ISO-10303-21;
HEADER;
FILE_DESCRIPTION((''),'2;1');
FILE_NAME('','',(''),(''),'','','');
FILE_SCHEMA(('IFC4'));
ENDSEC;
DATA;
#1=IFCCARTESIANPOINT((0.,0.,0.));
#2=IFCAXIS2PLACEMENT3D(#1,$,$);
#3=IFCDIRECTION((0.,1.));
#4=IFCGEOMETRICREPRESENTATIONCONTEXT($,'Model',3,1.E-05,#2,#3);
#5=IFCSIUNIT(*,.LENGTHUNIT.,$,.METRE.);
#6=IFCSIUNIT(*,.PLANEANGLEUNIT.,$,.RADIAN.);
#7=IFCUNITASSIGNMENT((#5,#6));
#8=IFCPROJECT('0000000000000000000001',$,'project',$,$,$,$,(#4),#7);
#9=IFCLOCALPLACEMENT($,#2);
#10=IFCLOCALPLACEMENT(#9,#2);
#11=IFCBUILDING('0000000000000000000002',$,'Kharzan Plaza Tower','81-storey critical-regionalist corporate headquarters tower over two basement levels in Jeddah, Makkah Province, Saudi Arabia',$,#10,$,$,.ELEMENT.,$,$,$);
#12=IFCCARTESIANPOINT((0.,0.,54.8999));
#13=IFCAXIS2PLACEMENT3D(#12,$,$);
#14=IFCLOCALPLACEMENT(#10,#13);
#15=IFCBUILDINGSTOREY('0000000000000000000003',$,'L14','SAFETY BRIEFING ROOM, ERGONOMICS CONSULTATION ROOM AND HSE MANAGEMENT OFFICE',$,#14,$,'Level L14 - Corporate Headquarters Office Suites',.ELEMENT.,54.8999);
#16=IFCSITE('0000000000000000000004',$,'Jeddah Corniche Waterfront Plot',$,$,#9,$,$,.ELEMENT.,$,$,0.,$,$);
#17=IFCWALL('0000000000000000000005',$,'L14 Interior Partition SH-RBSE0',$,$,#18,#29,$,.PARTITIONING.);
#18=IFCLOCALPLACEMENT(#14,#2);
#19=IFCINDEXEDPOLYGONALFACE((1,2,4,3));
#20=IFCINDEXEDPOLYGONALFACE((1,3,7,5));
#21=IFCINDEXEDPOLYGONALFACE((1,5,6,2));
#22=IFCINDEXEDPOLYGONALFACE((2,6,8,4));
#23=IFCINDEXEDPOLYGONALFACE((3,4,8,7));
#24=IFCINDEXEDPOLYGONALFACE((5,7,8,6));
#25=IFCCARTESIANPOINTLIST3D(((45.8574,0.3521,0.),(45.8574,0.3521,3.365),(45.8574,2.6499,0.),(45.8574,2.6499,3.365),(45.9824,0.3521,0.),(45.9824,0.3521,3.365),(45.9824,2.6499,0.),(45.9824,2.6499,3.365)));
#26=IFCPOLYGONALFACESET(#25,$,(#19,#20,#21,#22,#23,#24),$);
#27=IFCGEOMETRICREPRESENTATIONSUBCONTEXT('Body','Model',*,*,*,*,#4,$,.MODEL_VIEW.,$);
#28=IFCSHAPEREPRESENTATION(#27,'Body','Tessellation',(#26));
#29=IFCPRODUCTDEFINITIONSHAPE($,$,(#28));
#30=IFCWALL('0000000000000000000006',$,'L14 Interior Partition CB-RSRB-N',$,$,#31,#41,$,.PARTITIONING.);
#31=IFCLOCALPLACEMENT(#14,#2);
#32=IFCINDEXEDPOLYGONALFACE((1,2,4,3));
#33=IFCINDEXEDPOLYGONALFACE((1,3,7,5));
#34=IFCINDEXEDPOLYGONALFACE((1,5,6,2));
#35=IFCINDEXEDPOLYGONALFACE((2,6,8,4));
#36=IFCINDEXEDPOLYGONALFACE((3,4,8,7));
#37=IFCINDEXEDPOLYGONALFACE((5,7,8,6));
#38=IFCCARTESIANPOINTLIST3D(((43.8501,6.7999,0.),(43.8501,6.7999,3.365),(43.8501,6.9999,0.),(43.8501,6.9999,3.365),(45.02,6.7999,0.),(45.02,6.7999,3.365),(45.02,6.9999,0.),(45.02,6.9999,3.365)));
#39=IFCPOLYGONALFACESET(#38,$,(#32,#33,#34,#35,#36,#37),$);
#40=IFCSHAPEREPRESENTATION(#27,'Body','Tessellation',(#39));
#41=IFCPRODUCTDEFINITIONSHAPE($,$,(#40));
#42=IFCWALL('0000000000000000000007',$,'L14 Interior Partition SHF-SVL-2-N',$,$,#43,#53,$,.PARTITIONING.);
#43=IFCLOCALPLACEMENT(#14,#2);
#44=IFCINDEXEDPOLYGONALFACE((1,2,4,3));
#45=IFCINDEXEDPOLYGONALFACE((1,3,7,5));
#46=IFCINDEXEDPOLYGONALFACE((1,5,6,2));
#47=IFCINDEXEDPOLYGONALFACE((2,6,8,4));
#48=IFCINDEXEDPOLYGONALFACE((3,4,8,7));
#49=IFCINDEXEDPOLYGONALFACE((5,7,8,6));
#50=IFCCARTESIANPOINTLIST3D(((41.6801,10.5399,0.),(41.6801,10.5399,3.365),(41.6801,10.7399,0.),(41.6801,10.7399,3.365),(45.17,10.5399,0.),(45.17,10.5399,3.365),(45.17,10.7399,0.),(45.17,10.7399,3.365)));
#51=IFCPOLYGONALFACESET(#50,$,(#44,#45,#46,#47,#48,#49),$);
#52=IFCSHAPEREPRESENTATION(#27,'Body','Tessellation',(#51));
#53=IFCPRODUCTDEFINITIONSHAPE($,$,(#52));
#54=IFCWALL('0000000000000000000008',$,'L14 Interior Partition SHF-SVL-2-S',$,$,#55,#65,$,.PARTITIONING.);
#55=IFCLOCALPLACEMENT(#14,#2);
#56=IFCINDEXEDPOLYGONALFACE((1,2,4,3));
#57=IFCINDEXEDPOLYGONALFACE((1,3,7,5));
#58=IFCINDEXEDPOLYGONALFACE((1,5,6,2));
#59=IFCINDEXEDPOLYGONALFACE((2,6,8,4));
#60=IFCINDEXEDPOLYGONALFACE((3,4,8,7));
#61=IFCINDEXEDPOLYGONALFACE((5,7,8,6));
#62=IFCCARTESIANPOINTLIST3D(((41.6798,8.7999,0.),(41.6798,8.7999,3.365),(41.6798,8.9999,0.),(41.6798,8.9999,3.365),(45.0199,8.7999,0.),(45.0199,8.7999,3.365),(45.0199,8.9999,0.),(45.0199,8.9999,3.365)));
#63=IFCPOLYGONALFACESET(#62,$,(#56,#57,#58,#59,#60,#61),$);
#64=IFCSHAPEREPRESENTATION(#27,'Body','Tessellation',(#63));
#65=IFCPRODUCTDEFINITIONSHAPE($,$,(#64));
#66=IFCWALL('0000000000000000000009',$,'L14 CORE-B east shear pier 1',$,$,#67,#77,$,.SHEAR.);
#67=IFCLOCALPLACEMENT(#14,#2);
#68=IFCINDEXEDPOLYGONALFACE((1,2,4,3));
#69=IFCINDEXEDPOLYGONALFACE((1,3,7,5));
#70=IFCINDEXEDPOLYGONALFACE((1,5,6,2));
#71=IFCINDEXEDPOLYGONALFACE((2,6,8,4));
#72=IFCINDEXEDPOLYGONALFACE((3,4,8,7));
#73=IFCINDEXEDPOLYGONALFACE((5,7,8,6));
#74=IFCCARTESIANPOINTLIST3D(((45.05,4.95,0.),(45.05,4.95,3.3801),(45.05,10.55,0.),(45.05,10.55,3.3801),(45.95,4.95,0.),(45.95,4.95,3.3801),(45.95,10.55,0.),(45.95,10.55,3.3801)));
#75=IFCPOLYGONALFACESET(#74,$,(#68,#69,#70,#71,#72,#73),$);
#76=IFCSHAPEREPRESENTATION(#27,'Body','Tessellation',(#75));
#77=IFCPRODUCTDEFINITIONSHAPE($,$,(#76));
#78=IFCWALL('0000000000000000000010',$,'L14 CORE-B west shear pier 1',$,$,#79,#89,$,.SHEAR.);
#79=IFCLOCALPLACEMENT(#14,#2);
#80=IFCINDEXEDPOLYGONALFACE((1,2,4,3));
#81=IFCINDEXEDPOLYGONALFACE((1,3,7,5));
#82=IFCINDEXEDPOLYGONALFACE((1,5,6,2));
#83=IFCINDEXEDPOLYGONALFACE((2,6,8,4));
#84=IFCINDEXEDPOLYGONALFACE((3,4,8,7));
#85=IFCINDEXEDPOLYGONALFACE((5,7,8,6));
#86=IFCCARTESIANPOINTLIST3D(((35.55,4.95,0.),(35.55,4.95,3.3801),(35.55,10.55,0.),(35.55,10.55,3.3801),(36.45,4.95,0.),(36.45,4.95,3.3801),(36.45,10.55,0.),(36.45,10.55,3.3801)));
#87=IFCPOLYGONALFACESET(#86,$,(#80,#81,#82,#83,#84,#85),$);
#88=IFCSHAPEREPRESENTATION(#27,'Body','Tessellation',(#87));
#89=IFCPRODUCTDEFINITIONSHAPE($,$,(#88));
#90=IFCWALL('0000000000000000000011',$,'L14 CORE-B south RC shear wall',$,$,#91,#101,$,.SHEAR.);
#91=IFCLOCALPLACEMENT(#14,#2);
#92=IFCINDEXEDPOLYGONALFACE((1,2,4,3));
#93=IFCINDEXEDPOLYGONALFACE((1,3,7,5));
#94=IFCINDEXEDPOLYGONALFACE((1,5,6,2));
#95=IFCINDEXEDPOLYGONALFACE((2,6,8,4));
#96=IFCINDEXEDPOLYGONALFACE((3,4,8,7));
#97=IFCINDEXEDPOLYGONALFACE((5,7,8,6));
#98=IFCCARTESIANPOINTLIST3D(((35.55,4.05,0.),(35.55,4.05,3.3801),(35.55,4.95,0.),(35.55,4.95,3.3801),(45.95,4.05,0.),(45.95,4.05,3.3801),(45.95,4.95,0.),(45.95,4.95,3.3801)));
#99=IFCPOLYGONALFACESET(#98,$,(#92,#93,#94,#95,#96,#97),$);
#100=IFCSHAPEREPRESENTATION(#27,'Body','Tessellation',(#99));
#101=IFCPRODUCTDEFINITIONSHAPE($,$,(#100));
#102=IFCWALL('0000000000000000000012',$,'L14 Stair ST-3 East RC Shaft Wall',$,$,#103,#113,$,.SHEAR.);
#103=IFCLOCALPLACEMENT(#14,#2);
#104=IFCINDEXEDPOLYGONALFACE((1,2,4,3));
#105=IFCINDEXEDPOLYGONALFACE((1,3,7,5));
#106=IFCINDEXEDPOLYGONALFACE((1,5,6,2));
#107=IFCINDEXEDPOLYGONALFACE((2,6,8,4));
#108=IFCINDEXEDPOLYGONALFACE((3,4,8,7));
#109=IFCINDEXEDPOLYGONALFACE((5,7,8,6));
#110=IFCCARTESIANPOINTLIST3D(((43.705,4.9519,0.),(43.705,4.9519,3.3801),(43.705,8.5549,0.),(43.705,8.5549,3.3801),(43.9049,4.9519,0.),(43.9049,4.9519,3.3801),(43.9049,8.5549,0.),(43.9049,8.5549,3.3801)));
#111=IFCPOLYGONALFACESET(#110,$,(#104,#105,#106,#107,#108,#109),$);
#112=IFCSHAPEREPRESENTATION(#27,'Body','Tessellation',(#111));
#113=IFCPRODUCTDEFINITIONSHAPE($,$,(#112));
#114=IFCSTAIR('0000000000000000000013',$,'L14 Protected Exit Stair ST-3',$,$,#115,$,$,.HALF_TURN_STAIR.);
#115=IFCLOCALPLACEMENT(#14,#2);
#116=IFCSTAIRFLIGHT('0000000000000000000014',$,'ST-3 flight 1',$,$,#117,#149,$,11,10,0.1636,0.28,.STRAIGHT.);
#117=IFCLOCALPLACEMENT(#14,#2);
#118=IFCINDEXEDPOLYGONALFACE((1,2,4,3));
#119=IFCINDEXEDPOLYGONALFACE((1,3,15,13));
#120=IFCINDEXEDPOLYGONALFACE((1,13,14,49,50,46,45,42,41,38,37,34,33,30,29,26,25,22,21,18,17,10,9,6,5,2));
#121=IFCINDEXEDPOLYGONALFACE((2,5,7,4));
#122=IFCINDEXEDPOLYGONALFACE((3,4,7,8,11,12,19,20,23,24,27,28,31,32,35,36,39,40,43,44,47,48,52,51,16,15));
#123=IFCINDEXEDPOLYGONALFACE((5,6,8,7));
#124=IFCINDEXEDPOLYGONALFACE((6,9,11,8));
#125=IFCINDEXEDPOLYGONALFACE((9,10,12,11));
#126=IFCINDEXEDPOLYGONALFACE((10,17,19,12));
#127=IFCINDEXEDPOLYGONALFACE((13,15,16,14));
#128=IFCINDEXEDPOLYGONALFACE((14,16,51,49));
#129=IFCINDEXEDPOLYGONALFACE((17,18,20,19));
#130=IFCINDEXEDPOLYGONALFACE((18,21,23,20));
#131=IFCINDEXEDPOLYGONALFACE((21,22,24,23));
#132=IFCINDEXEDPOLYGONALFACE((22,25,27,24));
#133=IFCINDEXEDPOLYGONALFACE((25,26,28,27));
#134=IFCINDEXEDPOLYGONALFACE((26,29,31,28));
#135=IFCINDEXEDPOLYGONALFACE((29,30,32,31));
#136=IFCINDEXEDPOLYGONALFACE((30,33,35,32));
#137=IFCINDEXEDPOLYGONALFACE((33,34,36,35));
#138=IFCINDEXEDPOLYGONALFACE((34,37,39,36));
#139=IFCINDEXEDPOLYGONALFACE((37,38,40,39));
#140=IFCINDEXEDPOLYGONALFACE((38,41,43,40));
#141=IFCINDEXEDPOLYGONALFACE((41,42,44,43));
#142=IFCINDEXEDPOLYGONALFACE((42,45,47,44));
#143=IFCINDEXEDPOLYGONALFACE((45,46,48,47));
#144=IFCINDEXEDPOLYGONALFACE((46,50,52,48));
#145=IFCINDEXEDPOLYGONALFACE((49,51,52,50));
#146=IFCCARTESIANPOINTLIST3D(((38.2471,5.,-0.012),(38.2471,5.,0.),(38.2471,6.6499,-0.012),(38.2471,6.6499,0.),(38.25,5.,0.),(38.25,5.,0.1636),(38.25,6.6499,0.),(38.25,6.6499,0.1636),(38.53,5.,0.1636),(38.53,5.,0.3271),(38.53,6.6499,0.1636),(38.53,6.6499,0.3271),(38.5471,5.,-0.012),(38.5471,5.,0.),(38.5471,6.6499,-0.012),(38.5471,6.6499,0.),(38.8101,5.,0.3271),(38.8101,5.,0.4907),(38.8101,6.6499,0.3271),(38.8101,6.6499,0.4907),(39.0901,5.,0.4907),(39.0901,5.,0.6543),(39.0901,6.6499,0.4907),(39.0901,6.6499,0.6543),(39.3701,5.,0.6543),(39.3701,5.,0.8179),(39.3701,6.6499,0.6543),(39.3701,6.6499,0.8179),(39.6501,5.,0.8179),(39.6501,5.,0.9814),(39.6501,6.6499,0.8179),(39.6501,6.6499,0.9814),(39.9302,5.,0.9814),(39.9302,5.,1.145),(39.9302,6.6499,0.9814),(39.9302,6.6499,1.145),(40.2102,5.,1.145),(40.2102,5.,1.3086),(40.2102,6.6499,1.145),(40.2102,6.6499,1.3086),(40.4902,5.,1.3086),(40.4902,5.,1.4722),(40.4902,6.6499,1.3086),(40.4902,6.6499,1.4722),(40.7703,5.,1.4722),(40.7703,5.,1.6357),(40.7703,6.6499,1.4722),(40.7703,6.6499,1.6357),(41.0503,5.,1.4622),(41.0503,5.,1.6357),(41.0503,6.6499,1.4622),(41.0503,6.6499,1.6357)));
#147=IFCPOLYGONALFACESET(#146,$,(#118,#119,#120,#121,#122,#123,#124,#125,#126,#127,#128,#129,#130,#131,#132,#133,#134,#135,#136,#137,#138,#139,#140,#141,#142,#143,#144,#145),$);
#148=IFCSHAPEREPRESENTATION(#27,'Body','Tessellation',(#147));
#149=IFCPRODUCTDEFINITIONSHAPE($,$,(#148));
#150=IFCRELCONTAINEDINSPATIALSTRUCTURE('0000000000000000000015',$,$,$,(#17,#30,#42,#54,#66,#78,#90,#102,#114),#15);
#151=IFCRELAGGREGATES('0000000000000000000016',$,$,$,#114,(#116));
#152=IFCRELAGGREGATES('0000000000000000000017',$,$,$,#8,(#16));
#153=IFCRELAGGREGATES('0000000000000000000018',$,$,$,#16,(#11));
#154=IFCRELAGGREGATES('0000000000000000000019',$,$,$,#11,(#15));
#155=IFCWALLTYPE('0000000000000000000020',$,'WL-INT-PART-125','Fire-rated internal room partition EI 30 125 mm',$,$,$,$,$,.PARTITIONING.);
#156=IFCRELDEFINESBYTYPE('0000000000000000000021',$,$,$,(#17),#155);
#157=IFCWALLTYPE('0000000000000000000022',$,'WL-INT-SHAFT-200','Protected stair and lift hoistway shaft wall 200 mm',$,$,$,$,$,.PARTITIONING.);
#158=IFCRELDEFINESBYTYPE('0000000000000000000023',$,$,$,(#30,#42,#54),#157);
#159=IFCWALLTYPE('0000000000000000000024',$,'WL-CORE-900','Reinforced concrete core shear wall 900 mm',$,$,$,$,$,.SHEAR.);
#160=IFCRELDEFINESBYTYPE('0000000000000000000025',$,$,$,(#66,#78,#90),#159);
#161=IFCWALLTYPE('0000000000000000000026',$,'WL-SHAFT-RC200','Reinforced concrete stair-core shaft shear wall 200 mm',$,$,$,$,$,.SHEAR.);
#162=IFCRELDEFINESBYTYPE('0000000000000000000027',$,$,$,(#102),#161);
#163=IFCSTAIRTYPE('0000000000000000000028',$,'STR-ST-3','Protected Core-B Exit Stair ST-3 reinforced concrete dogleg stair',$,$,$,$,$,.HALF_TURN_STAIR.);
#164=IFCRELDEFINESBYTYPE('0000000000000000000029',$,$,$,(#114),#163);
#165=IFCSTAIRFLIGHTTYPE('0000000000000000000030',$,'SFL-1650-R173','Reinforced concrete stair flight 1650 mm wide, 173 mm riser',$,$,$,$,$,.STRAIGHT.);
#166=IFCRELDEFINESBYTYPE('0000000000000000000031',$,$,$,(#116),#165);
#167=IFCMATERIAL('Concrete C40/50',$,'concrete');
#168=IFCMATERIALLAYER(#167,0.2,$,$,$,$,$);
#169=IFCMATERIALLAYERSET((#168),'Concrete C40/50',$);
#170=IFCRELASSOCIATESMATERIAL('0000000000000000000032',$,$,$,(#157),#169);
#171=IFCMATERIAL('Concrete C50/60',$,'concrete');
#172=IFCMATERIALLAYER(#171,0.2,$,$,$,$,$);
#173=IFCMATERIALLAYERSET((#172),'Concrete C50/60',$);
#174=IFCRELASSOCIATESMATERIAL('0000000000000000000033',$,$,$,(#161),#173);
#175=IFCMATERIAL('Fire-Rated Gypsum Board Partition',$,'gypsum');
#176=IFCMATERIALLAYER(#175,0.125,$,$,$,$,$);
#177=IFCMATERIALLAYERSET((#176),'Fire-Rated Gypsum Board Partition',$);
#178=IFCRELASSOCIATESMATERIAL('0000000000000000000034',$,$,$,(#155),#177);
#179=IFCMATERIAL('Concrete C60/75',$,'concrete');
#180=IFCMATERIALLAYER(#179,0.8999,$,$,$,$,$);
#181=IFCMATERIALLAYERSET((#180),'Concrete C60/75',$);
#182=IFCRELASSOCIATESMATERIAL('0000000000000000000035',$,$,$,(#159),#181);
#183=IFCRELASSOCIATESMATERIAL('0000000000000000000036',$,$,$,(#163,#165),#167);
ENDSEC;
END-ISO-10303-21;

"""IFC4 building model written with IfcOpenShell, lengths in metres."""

from ifc_helpers import new_model, si_unit, direction, frame, frame_2d, origin, place, context, subcontext, project, spatial, polyline, rectangle, outline, extrude, source, transform, mapped, material, layer, layer_set, type_object, element, aggregate, save


model = new_model("IFC4")

# Units and contexts
model_context = context("Model", 3, precision=1e-05, world=origin(), true_north=direction((0.0, 1.0)))
body_context = subcontext(model_context, "Body", "Model", "MODEL_VIEW")
ifc_project = project(units=[si_unit("LENGTHUNIT", "METRE"), si_unit("PLANEANGLEUNIT", "RADIAN")], contexts=[model_context])

# Site, building, storey
site_placement = place(None, origin())
site = spatial("IfcSite", under=ifc_project, at=site_placement, Name="Jeddah Corniche Waterfront Plot", CompositionType="ELEMENT", RefElevation=0.0)
building_placement = place(site_placement, origin())
building = spatial("IfcBuilding", under=site, at=building_placement, Name="Kharzan Plaza Tower", Description="81-storey critical-regionalist corporate headquarters tower over two basement levels in Jeddah, Makkah Province, Saudi Arabia", CompositionType="ELEMENT")
storey_placement = place(building_placement, frame((0.0, 0.0, 54.8999)))
storey = spatial("IfcBuildingStorey", under=building, at=storey_placement, Name="L14", Description="SAFETY BRIEFING ROOM, ERGONOMICS CONSULTATION ROOM AND HSE MANAGEMENT OFFICE", LongName="Level L14 - Corporate Headquarters Office Suites", CompositionType="ELEMENT", Elevation=54.8999)

# Shared definitions
ifc_material_1 = material(Name="Concrete C60/75", Category="concrete")

# Shared definitions
ifc_material_2 = material(Name="Concrete C40/50", Category="concrete")

# Shared definitions
ifc_layer_1 = layer(ifc_material_2, 0.2)
ifc_layer_set_1 = layer_set([ifc_layer_1], Name="Concrete C40/50")
wall_type_1 = type_object("IfcWallType", Name="WL-INT-SHAFT-200", Description="Protected stair and lift hoistway shaft wall 200 mm", PredefinedType="PARTITIONING", material=ifc_layer_set_1)
ifc_material_3 = material(Name="Concrete C50/60", Category="concrete")
ifc_layer_2 = layer(ifc_material_3, 0.2)
ifc_layer_set_2 = layer_set([ifc_layer_2], Name="Concrete C50/60")
wall_type_2 = type_object("IfcWallType", Name="WL-SHAFT-RC200", Description="Reinforced concrete stair-core shaft shear wall 200 mm", PredefinedType="SHEAR", material=ifc_layer_set_2)

# Walls
ifc_material_4 = material(Name="Fire-Rated Gypsum Board Partition", Category="gypsum")
ifc_layer_3 = layer(ifc_material_4, 0.125)
ifc_layer_set_3 = layer_set([ifc_layer_3], Name="Fire-Rated Gypsum Board Partition")
wall_type_3 = type_object("IfcWallType", Name="WL-INT-PART-125", Description="Fire-rated internal room partition EI 30 125 mm", PredefinedType="PARTITIONING", material=ifc_layer_set_3)
shared_shape_1 = source(origin(), body_context, "Body", "SweptSolid", [
    extrude(rectangle(XDim=2.2979, YDim=0.125, at=frame_2d((1.1489, 0.0))), origin(), (0.0, 0.0, 1.0), 3.365),
])
wall_1_placement = place(storey_placement, frame((45.9199, 0.3521, 0.0), z_axis=(0.0, 0.0, 1.0), x_axis=(0.0, 1.0, 0.0)))
element("IfcWall", 1, at=wall_1_placement, inside=storey, type_object=wall_type_3, Name="L14 Interior Partition SH-RBSE0", PredefinedType="PARTITIONING", context=body_context, shape_type="MappedRepresentation", body=[
    mapped(shared_shape_1, transform((0.0, 0.0, 0.0), x_axis=(1.0, 0.0, 0.0), y_axis=(0.0, 1.0, 0.0), z_axis=(0.0, 0.0, 1.0))),
])
shared_shape_2 = source(origin(), body_context, "Body", "SweptSolid", [
    extrude(rectangle(XDim=1.1699, YDim=0.2, at=frame_2d((0.585, 0.0))), origin(), (0.0, 0.0, 1.0), 3.365),
])
wall_2_placement = place(storey_placement, frame((43.8501, 6.8999, 0.0), z_axis=(0.0, 0.0, 1.0), x_axis=(1.0, 0.0, 0.0)))
element("IfcWall", 2, at=wall_2_placement, inside=storey, type_object=wall_type_1, Name="L14 Interior Partition CB-RSRB-N", PredefinedType="PARTITIONING", context=body_context, shape_type="MappedRepresentation", body=[
    mapped(shared_shape_2, transform((0.0, 0.0, 0.0), x_axis=(1.0, 0.0, 0.0), y_axis=(0.0, 1.0, 0.0), z_axis=(0.0, 0.0, 1.0))),
])
shared_shape_3 = source(origin(), body_context, "Body", "SweptSolid", [
    extrude(rectangle(XDim=3.49, YDim=0.2, at=frame_2d((1.7451, 0.0))), origin(), (0.0, 0.0, 1.0), 3.365),
])
wall_3_placement = place(storey_placement, frame((41.6799, 10.6399, 0.0), z_axis=(0.0, 0.0, 1.0), x_axis=(1.0, 0.0, 0.0)))
element("IfcWall", 3, at=wall_3_placement, inside=storey, type_object=wall_type_1, Name="L14 Interior Partition SHF-SVL-2-N", PredefinedType="PARTITIONING", context=body_context, shape_type="MappedRepresentation", body=[
    mapped(shared_shape_3, transform((0.0, 0.0, 0.0), x_axis=(1.0, 0.0, 0.0), y_axis=(0.0, 1.0, 0.0), z_axis=(0.0, 0.0, 1.0))),
])
shared_shape_4 = source(origin(), body_context, "Body", "SweptSolid", [
    extrude(rectangle(XDim=3.3401, YDim=0.2, at=frame_2d((1.6699, 0.0))), origin(), (0.0, 0.0, 1.0), 3.365),
])
wall_4_placement = place(storey_placement, frame((41.6799, 8.8999, 0.0), z_axis=(0.0, 0.0, 1.0), x_axis=(1.0, 0.0, 0.0)))
element("IfcWall", 4, at=wall_4_placement, inside=storey, type_object=wall_type_1, Name="L14 Interior Partition SHF-SVL-2-S", PredefinedType="PARTITIONING", context=body_context, shape_type="MappedRepresentation", body=[
    mapped(shared_shape_4, transform((0.0, 0.0, 0.0), x_axis=(1.0, 0.0, 0.0), y_axis=(0.0, 1.0, 0.0), z_axis=(0.0, 0.0, 1.0))),
])
ifc_layer_4 = layer(ifc_material_1, 0.8999)
ifc_layer_set_4 = layer_set([ifc_layer_4], Name="Concrete C60/75")
wall_type_4 = type_object("IfcWallType", Name="WL-CORE-900", Description="Reinforced concrete core shear wall 900 mm", PredefinedType="SHEAR", material=ifc_layer_set_4)
shared_shape_5 = source(origin(), body_context, "Body", "SweptSolid", [
    extrude(rectangle(XDim=5.6001, YDim=0.8999, at=frame_2d((2.8, 0.0))), origin(), (0.0, 0.0, 1.0), 3.3801),
])
for number, where, z_axis, x_axis, name in (
    (5, (45.5, 4.95, 0.0), (0.0, 0.0, 1.0), (0.0, 1.0, 0.0), "L14 CORE-B east shear pier 1"),
    (6, (36.0, 4.95, 0.0), (0.0, 0.0, 1.0), (0.0, 1.0, 0.0), "L14 CORE-B west shear pier 1"),
):
    element("IfcWall", number, at=place(storey_placement, frame(where, z_axis=z_axis, x_axis=x_axis)), inside=storey, type_object=wall_type_4, Name=name, PredefinedType="SHEAR", context=body_context, shape_type="MappedRepresentation", body=[
        mapped(shared_shape_5, transform((0.0, 0.0, 0.0), x_axis=(1.0, 0.0, 0.0), y_axis=(0.0, 1.0, 0.0), z_axis=(0.0, 0.0, 1.0))),
    ])
shared_shape_6 = source(origin(), body_context, "Body", "SweptSolid", [
    extrude(rectangle(XDim=10.3999, YDim=0.8999, at=frame_2d((5.2, 0.0))), origin(), (0.0, 0.0, 1.0), 3.3801),
])
wall_5_placement = place(storey_placement, frame((35.55, 4.5, 0.0), z_axis=(0.0, 0.0, 1.0), x_axis=(1.0, 0.0, 0.0)))
element("IfcWall", 7, at=wall_5_placement, inside=storey, type_object=wall_type_4, Name="L14 CORE-B south RC shear wall", PredefinedType="SHEAR", context=body_context, shape_type="MappedRepresentation", body=[
    mapped(shared_shape_6, transform((0.0, 0.0, 0.0), x_axis=(1.0, 0.0, 0.0), y_axis=(0.0, 1.0, 0.0), z_axis=(0.0, 0.0, 1.0))),
])
shared_shape_7 = source(origin(), body_context, "Body", "SweptSolid", [
    extrude(rectangle(XDim=3.603, YDim=0.2, at=frame_2d((1.8015, 0.0))), origin(), (0.0, 0.0, 1.0), 3.3801),
])
wall_6_placement = place(storey_placement, frame((43.8049, 4.9519, 0.0), z_axis=(0.0, 0.0, 1.0), x_axis=(0.0, 1.0, 0.0)))
element("IfcWall", 8, at=wall_6_placement, inside=storey, type_object=wall_type_2, Name="L14 Stair ST-3 East RC Shaft Wall", PredefinedType="SHEAR", context=body_context, shape_type="MappedRepresentation", body=[
    mapped(shared_shape_7, transform((0.0, 0.0, 0.0), x_axis=(1.0, 0.0, 0.0), y_axis=(0.0, 1.0, 0.0), z_axis=(0.0, 0.0, 1.0))),
])

# Stair, stair flight
stair_type = type_object("IfcStairType", Name="STR-ST-3", Description="Protected Core-B Exit Stair ST-3 reinforced concrete dogleg stair", PredefinedType="HALF_TURN_STAIR", material=ifc_material_2)
stair_placement = place(storey_placement, origin())
stair = element("IfcStair", 9, at=stair_placement, inside=storey, type_object=stair_type, Name="L14 Protected Exit Stair ST-3", PredefinedType="HALF_TURN_STAIR")
stair_flight_type = type_object("IfcStairFlightType", Name="SFL-1650-R173", Description="Reinforced concrete stair flight 1650 mm wide, 173 mm riser", PredefinedType="STRAIGHT", material=ifc_material_2)
shared_shape_8 = source(origin(), body_context, "Body", "SweptSolid", [
    extrude(outline(polyline([(-0.0029, -0.012), (-0.0029, 0.0), (0.0, 0.0), (0.0, 0.1636), (0.28, 0.1636), (0.28, 0.3271), (0.5601, 0.3271), (0.5601, 0.4907), (0.8401, 0.4907), (0.8401, 0.6543), (1.1201, 0.6543), (1.1201, 0.8179), (1.4001, 0.8179), (1.4001, 0.9814), (1.6802, 0.9814), (1.6802, 1.145), (1.9602, 1.145), (1.9602, 1.3086), (2.2402, 1.3086), (2.2402, 1.4722), (2.5203, 1.4722), (2.5203, 1.6357), (2.8003, 1.6357), (2.8003, 1.7993), (2.8003, 1.4622), (0.2971, 0.0), (0.2971, -0.012), (-0.0029, -0.012)])), frame((0.0, 0.825, 0.0), z_axis=(0.0, -1.0, 0.0), x_axis=(1.0, 0.0, 0.0)), (0.0, 0.0, 1.0), 1.6499),
])
stair_flight_1_placement = place(storey_placement, frame((38.25, 5.825, 0.0), z_axis=(0.0, 0.0, 1.0), x_axis=(1.0, 0.0, 0.0)))
stair_flight_1 = element("IfcStairFlight", 10, at=stair_flight_1_placement, type_object=stair_flight_type, Name="ST-3 flight 1", NumberOfRisers=11, NumberOfTreads=10, PredefinedType="STRAIGHT", RiserHeight=0.1636, TreadLength=0.28, context=body_context, shape_type="MappedRepresentation", body=[
    mapped(shared_shape_8, transform((0.0, 0.0, 0.0), x_axis=(1.0, 0.0, 0.0), y_axis=(0.0, 1.0, 0.0), z_axis=(0.0, 0.0, 1.0))),
])
aggregate(stair, [stair_flight_1])

save(model, "model.ifc")
